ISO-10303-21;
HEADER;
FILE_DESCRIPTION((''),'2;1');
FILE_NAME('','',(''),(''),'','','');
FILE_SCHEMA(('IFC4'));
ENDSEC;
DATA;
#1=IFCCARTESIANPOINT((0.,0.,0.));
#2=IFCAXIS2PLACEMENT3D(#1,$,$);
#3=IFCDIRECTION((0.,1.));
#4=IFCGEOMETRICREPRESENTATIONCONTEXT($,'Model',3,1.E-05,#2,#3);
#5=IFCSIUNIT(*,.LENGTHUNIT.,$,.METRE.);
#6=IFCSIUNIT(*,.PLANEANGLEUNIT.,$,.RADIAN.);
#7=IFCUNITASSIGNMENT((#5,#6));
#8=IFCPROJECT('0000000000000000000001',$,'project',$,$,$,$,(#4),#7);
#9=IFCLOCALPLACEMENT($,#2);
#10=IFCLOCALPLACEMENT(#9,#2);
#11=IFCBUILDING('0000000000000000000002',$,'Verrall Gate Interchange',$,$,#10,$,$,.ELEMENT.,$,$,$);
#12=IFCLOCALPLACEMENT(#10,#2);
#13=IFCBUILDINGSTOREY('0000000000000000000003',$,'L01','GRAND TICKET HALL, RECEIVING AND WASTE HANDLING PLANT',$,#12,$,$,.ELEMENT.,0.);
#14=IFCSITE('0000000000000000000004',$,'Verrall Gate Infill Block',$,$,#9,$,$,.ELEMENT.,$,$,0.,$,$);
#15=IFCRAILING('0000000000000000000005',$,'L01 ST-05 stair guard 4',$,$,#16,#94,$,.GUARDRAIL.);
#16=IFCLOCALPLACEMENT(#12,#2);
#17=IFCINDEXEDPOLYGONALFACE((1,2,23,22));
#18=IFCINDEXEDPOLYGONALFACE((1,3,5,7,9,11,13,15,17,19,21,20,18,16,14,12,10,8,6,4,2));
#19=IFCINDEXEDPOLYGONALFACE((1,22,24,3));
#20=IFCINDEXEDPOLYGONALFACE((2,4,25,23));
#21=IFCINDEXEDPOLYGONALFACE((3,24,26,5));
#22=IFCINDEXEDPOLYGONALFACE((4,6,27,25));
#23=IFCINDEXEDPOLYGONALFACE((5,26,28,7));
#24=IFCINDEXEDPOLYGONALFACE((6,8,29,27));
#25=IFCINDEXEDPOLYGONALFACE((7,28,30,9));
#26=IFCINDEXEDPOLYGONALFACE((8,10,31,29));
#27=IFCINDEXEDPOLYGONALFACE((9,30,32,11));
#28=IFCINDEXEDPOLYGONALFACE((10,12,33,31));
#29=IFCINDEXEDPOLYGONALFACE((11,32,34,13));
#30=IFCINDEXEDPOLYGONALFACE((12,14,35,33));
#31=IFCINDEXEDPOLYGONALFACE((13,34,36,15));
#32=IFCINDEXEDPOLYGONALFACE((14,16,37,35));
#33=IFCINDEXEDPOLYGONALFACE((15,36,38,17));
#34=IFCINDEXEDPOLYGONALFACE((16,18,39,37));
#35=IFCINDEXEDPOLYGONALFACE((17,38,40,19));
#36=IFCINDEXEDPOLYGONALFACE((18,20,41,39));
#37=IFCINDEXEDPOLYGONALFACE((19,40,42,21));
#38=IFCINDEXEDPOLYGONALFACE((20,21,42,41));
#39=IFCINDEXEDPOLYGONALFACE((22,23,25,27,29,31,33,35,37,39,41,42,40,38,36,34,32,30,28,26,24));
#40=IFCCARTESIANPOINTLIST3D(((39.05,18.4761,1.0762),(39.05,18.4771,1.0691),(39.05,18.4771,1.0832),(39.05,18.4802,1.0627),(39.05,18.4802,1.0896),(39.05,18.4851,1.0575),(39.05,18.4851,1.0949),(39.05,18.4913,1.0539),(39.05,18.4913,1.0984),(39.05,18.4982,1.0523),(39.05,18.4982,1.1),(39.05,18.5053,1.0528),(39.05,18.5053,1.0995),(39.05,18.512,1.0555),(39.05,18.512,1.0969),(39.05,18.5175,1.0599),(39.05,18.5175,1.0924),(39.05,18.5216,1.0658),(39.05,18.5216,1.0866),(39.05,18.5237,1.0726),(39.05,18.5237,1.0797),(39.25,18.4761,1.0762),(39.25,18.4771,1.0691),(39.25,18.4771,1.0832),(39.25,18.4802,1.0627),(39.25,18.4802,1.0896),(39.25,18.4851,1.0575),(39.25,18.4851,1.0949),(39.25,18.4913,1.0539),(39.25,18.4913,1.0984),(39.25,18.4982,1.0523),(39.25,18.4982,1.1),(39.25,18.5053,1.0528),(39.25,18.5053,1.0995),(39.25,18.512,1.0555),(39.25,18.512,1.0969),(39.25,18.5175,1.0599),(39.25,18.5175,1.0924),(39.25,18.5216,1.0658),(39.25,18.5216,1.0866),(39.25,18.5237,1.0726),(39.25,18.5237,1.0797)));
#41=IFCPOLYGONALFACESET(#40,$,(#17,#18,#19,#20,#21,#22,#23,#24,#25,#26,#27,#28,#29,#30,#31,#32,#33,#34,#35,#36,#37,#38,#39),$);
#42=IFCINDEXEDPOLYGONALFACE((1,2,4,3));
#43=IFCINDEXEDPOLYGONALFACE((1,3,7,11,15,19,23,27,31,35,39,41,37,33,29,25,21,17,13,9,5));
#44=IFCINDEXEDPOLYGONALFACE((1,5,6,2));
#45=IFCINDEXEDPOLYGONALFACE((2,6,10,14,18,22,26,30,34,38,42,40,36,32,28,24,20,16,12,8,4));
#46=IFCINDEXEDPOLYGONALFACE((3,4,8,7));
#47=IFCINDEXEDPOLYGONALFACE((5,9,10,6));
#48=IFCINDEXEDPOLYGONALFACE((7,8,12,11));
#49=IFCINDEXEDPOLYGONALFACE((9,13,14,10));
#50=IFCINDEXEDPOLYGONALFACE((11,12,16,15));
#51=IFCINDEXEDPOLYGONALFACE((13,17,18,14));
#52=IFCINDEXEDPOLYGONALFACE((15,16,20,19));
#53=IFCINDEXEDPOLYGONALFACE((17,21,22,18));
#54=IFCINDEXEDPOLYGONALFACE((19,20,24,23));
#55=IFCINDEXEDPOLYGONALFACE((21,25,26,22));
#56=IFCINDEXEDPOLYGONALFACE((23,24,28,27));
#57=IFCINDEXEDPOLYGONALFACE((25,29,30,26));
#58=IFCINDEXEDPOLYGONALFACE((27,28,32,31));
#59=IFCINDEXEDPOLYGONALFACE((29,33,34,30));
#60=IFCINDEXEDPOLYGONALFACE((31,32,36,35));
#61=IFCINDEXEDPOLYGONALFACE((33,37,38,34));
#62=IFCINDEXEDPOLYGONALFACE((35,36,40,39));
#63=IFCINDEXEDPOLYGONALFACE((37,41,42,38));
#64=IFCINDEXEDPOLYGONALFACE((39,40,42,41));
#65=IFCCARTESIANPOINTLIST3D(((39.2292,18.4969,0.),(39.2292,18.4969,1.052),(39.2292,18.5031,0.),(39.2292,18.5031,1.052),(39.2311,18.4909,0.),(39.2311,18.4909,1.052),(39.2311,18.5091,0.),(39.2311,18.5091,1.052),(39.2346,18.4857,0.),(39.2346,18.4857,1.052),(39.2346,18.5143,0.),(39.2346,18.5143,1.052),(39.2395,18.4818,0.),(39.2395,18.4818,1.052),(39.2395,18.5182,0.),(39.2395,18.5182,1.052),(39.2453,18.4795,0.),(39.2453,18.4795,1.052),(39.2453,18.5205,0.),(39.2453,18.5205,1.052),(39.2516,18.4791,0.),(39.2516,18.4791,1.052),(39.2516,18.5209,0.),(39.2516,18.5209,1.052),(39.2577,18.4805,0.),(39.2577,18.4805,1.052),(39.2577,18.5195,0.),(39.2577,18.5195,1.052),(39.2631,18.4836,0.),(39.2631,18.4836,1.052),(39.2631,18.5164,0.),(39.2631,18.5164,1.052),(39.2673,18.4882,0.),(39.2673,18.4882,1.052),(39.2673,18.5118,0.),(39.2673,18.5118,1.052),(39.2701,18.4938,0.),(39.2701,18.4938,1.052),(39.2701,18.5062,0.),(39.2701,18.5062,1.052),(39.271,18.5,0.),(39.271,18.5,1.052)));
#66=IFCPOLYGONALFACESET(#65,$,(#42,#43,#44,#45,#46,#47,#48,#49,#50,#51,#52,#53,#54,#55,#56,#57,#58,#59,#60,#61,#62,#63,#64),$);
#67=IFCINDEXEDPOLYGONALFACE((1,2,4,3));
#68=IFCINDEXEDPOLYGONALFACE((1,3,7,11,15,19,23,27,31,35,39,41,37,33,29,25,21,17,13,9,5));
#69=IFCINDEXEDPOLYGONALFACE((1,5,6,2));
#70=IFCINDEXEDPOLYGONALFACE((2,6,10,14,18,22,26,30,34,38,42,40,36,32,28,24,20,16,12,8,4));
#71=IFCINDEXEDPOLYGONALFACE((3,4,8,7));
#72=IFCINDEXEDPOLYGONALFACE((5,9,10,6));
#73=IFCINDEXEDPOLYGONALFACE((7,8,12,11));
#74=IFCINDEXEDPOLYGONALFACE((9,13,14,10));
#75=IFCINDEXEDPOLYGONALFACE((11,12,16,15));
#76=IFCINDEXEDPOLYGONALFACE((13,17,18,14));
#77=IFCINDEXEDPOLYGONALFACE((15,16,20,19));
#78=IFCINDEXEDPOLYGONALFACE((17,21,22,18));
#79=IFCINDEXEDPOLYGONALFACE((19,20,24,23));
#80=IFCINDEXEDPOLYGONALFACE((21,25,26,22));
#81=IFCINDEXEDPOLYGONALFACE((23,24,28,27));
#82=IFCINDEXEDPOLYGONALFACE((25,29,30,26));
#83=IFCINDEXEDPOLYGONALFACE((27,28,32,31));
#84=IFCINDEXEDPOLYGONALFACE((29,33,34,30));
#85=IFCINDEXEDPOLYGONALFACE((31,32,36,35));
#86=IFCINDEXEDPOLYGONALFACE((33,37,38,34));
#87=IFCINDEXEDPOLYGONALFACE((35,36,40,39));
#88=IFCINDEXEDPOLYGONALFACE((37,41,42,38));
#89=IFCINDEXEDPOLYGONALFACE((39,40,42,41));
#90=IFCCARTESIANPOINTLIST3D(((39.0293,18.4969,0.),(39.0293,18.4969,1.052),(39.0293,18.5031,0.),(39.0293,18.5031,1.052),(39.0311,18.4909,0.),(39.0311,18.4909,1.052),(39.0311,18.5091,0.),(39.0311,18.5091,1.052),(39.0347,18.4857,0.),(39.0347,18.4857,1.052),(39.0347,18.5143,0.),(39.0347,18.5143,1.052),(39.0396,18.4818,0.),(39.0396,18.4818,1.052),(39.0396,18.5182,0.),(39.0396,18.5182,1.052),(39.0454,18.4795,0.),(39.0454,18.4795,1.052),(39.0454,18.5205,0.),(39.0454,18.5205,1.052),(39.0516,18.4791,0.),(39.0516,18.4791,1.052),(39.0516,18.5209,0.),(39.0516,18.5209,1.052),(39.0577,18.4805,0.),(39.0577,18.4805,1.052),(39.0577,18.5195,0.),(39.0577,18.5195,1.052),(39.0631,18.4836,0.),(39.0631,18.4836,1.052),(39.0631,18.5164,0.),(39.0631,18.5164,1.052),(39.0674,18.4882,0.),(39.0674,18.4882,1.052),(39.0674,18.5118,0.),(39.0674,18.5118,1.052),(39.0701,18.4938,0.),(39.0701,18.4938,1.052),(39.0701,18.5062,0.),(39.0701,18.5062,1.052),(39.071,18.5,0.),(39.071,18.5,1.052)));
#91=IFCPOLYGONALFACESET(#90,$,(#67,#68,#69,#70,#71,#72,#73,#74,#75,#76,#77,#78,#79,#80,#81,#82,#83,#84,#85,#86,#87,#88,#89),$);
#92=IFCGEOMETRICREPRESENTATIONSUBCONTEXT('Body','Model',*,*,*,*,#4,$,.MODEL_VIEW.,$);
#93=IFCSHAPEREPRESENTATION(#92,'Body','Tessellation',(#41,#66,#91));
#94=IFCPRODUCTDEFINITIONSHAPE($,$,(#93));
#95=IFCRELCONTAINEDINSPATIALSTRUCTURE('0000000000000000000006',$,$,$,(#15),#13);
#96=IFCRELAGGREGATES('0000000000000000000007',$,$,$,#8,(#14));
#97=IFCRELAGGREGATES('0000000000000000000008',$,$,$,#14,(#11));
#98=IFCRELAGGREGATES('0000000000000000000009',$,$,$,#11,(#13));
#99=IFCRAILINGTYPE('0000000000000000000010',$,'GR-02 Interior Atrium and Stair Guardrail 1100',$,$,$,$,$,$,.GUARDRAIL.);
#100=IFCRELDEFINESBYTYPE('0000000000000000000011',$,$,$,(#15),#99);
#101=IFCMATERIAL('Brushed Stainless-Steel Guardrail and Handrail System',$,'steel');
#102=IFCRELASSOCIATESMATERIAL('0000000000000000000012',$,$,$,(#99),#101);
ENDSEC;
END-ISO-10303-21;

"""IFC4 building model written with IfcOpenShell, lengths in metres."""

from ifc_helpers import new_model, si_unit, direction, frame, origin, origin_2d, place, context, subcontext, project, spatial, circle, extrude, material, type_object, element, save


model = new_model("IFC4")

# Units and contexts
model_context = context("Model", 3, precision=1e-05, world=origin(), true_north=direction((0.0, 1.0)))
body_context = subcontext(model_context, "Body", "Model", "MODEL_VIEW")
ifc_project = project(units=[si_unit("LENGTHUNIT", "METRE"), si_unit("PLANEANGLEUNIT", "RADIAN")], contexts=[model_context])

# Site, building, storey
site_placement = place(None, origin())
site = spatial("IfcSite", under=ifc_project, at=site_placement, Name="Verrall Gate Infill Block", CompositionType="ELEMENT", RefElevation=0.0)
building_placement = place(site_placement, origin())
building = spatial("IfcBuilding", under=site, at=building_placement, Name="Verrall Gate Interchange", CompositionType="ELEMENT")
storey_placement = place(building_placement, origin())
storey = spatial("IfcBuildingStorey", under=building, at=storey_placement, Name="L01", Description="GRAND TICKET HALL, RECEIVING AND WASTE HANDLING PLANT", CompositionType="ELEMENT", Elevation=0.0)

# Railing
ifc_material_1 = material(Name="Brushed Stainless-Steel Guardrail and Handrail System", Category="steel")
railing_type_1 = type_object("IfcRailingType", Name="GR-02 Interior Atrium and Stair Guardrail 1100", PredefinedType="GUARDRAIL", material=ifc_material_1)
railing_1_placement = place(storey_placement, frame((39.25, 18.5, 0.0)))
element("IfcRailing", 1, at=railing_1_placement, inside=storey, type_object=railing_type_1, Name="L01 ST-05 stair guard 4", PredefinedType="GUARDRAIL", context=body_context, shape_type="SweptSolid", body=[
    extrude(circle(Radius=0.0239, at=origin_2d()), frame((0.0, 0.0, 1.0762), z_axis=(-1.0, 0.0, 0.0), x_axis=(0.0, -1.0, 0.0)), (0.0, 0.0, 1.0), 0.2),
    extrude(circle(Radius=0.021, at=origin_2d()), origin(), (0.0, 0.0, 1.0), 1.052),
    extrude(circle(Radius=0.021, at=origin_2d()), frame((-0.2, 0.0, 0.0)), (0.0, 0.0, 1.0), 1.052),
])

save(model, "model.ifc")
